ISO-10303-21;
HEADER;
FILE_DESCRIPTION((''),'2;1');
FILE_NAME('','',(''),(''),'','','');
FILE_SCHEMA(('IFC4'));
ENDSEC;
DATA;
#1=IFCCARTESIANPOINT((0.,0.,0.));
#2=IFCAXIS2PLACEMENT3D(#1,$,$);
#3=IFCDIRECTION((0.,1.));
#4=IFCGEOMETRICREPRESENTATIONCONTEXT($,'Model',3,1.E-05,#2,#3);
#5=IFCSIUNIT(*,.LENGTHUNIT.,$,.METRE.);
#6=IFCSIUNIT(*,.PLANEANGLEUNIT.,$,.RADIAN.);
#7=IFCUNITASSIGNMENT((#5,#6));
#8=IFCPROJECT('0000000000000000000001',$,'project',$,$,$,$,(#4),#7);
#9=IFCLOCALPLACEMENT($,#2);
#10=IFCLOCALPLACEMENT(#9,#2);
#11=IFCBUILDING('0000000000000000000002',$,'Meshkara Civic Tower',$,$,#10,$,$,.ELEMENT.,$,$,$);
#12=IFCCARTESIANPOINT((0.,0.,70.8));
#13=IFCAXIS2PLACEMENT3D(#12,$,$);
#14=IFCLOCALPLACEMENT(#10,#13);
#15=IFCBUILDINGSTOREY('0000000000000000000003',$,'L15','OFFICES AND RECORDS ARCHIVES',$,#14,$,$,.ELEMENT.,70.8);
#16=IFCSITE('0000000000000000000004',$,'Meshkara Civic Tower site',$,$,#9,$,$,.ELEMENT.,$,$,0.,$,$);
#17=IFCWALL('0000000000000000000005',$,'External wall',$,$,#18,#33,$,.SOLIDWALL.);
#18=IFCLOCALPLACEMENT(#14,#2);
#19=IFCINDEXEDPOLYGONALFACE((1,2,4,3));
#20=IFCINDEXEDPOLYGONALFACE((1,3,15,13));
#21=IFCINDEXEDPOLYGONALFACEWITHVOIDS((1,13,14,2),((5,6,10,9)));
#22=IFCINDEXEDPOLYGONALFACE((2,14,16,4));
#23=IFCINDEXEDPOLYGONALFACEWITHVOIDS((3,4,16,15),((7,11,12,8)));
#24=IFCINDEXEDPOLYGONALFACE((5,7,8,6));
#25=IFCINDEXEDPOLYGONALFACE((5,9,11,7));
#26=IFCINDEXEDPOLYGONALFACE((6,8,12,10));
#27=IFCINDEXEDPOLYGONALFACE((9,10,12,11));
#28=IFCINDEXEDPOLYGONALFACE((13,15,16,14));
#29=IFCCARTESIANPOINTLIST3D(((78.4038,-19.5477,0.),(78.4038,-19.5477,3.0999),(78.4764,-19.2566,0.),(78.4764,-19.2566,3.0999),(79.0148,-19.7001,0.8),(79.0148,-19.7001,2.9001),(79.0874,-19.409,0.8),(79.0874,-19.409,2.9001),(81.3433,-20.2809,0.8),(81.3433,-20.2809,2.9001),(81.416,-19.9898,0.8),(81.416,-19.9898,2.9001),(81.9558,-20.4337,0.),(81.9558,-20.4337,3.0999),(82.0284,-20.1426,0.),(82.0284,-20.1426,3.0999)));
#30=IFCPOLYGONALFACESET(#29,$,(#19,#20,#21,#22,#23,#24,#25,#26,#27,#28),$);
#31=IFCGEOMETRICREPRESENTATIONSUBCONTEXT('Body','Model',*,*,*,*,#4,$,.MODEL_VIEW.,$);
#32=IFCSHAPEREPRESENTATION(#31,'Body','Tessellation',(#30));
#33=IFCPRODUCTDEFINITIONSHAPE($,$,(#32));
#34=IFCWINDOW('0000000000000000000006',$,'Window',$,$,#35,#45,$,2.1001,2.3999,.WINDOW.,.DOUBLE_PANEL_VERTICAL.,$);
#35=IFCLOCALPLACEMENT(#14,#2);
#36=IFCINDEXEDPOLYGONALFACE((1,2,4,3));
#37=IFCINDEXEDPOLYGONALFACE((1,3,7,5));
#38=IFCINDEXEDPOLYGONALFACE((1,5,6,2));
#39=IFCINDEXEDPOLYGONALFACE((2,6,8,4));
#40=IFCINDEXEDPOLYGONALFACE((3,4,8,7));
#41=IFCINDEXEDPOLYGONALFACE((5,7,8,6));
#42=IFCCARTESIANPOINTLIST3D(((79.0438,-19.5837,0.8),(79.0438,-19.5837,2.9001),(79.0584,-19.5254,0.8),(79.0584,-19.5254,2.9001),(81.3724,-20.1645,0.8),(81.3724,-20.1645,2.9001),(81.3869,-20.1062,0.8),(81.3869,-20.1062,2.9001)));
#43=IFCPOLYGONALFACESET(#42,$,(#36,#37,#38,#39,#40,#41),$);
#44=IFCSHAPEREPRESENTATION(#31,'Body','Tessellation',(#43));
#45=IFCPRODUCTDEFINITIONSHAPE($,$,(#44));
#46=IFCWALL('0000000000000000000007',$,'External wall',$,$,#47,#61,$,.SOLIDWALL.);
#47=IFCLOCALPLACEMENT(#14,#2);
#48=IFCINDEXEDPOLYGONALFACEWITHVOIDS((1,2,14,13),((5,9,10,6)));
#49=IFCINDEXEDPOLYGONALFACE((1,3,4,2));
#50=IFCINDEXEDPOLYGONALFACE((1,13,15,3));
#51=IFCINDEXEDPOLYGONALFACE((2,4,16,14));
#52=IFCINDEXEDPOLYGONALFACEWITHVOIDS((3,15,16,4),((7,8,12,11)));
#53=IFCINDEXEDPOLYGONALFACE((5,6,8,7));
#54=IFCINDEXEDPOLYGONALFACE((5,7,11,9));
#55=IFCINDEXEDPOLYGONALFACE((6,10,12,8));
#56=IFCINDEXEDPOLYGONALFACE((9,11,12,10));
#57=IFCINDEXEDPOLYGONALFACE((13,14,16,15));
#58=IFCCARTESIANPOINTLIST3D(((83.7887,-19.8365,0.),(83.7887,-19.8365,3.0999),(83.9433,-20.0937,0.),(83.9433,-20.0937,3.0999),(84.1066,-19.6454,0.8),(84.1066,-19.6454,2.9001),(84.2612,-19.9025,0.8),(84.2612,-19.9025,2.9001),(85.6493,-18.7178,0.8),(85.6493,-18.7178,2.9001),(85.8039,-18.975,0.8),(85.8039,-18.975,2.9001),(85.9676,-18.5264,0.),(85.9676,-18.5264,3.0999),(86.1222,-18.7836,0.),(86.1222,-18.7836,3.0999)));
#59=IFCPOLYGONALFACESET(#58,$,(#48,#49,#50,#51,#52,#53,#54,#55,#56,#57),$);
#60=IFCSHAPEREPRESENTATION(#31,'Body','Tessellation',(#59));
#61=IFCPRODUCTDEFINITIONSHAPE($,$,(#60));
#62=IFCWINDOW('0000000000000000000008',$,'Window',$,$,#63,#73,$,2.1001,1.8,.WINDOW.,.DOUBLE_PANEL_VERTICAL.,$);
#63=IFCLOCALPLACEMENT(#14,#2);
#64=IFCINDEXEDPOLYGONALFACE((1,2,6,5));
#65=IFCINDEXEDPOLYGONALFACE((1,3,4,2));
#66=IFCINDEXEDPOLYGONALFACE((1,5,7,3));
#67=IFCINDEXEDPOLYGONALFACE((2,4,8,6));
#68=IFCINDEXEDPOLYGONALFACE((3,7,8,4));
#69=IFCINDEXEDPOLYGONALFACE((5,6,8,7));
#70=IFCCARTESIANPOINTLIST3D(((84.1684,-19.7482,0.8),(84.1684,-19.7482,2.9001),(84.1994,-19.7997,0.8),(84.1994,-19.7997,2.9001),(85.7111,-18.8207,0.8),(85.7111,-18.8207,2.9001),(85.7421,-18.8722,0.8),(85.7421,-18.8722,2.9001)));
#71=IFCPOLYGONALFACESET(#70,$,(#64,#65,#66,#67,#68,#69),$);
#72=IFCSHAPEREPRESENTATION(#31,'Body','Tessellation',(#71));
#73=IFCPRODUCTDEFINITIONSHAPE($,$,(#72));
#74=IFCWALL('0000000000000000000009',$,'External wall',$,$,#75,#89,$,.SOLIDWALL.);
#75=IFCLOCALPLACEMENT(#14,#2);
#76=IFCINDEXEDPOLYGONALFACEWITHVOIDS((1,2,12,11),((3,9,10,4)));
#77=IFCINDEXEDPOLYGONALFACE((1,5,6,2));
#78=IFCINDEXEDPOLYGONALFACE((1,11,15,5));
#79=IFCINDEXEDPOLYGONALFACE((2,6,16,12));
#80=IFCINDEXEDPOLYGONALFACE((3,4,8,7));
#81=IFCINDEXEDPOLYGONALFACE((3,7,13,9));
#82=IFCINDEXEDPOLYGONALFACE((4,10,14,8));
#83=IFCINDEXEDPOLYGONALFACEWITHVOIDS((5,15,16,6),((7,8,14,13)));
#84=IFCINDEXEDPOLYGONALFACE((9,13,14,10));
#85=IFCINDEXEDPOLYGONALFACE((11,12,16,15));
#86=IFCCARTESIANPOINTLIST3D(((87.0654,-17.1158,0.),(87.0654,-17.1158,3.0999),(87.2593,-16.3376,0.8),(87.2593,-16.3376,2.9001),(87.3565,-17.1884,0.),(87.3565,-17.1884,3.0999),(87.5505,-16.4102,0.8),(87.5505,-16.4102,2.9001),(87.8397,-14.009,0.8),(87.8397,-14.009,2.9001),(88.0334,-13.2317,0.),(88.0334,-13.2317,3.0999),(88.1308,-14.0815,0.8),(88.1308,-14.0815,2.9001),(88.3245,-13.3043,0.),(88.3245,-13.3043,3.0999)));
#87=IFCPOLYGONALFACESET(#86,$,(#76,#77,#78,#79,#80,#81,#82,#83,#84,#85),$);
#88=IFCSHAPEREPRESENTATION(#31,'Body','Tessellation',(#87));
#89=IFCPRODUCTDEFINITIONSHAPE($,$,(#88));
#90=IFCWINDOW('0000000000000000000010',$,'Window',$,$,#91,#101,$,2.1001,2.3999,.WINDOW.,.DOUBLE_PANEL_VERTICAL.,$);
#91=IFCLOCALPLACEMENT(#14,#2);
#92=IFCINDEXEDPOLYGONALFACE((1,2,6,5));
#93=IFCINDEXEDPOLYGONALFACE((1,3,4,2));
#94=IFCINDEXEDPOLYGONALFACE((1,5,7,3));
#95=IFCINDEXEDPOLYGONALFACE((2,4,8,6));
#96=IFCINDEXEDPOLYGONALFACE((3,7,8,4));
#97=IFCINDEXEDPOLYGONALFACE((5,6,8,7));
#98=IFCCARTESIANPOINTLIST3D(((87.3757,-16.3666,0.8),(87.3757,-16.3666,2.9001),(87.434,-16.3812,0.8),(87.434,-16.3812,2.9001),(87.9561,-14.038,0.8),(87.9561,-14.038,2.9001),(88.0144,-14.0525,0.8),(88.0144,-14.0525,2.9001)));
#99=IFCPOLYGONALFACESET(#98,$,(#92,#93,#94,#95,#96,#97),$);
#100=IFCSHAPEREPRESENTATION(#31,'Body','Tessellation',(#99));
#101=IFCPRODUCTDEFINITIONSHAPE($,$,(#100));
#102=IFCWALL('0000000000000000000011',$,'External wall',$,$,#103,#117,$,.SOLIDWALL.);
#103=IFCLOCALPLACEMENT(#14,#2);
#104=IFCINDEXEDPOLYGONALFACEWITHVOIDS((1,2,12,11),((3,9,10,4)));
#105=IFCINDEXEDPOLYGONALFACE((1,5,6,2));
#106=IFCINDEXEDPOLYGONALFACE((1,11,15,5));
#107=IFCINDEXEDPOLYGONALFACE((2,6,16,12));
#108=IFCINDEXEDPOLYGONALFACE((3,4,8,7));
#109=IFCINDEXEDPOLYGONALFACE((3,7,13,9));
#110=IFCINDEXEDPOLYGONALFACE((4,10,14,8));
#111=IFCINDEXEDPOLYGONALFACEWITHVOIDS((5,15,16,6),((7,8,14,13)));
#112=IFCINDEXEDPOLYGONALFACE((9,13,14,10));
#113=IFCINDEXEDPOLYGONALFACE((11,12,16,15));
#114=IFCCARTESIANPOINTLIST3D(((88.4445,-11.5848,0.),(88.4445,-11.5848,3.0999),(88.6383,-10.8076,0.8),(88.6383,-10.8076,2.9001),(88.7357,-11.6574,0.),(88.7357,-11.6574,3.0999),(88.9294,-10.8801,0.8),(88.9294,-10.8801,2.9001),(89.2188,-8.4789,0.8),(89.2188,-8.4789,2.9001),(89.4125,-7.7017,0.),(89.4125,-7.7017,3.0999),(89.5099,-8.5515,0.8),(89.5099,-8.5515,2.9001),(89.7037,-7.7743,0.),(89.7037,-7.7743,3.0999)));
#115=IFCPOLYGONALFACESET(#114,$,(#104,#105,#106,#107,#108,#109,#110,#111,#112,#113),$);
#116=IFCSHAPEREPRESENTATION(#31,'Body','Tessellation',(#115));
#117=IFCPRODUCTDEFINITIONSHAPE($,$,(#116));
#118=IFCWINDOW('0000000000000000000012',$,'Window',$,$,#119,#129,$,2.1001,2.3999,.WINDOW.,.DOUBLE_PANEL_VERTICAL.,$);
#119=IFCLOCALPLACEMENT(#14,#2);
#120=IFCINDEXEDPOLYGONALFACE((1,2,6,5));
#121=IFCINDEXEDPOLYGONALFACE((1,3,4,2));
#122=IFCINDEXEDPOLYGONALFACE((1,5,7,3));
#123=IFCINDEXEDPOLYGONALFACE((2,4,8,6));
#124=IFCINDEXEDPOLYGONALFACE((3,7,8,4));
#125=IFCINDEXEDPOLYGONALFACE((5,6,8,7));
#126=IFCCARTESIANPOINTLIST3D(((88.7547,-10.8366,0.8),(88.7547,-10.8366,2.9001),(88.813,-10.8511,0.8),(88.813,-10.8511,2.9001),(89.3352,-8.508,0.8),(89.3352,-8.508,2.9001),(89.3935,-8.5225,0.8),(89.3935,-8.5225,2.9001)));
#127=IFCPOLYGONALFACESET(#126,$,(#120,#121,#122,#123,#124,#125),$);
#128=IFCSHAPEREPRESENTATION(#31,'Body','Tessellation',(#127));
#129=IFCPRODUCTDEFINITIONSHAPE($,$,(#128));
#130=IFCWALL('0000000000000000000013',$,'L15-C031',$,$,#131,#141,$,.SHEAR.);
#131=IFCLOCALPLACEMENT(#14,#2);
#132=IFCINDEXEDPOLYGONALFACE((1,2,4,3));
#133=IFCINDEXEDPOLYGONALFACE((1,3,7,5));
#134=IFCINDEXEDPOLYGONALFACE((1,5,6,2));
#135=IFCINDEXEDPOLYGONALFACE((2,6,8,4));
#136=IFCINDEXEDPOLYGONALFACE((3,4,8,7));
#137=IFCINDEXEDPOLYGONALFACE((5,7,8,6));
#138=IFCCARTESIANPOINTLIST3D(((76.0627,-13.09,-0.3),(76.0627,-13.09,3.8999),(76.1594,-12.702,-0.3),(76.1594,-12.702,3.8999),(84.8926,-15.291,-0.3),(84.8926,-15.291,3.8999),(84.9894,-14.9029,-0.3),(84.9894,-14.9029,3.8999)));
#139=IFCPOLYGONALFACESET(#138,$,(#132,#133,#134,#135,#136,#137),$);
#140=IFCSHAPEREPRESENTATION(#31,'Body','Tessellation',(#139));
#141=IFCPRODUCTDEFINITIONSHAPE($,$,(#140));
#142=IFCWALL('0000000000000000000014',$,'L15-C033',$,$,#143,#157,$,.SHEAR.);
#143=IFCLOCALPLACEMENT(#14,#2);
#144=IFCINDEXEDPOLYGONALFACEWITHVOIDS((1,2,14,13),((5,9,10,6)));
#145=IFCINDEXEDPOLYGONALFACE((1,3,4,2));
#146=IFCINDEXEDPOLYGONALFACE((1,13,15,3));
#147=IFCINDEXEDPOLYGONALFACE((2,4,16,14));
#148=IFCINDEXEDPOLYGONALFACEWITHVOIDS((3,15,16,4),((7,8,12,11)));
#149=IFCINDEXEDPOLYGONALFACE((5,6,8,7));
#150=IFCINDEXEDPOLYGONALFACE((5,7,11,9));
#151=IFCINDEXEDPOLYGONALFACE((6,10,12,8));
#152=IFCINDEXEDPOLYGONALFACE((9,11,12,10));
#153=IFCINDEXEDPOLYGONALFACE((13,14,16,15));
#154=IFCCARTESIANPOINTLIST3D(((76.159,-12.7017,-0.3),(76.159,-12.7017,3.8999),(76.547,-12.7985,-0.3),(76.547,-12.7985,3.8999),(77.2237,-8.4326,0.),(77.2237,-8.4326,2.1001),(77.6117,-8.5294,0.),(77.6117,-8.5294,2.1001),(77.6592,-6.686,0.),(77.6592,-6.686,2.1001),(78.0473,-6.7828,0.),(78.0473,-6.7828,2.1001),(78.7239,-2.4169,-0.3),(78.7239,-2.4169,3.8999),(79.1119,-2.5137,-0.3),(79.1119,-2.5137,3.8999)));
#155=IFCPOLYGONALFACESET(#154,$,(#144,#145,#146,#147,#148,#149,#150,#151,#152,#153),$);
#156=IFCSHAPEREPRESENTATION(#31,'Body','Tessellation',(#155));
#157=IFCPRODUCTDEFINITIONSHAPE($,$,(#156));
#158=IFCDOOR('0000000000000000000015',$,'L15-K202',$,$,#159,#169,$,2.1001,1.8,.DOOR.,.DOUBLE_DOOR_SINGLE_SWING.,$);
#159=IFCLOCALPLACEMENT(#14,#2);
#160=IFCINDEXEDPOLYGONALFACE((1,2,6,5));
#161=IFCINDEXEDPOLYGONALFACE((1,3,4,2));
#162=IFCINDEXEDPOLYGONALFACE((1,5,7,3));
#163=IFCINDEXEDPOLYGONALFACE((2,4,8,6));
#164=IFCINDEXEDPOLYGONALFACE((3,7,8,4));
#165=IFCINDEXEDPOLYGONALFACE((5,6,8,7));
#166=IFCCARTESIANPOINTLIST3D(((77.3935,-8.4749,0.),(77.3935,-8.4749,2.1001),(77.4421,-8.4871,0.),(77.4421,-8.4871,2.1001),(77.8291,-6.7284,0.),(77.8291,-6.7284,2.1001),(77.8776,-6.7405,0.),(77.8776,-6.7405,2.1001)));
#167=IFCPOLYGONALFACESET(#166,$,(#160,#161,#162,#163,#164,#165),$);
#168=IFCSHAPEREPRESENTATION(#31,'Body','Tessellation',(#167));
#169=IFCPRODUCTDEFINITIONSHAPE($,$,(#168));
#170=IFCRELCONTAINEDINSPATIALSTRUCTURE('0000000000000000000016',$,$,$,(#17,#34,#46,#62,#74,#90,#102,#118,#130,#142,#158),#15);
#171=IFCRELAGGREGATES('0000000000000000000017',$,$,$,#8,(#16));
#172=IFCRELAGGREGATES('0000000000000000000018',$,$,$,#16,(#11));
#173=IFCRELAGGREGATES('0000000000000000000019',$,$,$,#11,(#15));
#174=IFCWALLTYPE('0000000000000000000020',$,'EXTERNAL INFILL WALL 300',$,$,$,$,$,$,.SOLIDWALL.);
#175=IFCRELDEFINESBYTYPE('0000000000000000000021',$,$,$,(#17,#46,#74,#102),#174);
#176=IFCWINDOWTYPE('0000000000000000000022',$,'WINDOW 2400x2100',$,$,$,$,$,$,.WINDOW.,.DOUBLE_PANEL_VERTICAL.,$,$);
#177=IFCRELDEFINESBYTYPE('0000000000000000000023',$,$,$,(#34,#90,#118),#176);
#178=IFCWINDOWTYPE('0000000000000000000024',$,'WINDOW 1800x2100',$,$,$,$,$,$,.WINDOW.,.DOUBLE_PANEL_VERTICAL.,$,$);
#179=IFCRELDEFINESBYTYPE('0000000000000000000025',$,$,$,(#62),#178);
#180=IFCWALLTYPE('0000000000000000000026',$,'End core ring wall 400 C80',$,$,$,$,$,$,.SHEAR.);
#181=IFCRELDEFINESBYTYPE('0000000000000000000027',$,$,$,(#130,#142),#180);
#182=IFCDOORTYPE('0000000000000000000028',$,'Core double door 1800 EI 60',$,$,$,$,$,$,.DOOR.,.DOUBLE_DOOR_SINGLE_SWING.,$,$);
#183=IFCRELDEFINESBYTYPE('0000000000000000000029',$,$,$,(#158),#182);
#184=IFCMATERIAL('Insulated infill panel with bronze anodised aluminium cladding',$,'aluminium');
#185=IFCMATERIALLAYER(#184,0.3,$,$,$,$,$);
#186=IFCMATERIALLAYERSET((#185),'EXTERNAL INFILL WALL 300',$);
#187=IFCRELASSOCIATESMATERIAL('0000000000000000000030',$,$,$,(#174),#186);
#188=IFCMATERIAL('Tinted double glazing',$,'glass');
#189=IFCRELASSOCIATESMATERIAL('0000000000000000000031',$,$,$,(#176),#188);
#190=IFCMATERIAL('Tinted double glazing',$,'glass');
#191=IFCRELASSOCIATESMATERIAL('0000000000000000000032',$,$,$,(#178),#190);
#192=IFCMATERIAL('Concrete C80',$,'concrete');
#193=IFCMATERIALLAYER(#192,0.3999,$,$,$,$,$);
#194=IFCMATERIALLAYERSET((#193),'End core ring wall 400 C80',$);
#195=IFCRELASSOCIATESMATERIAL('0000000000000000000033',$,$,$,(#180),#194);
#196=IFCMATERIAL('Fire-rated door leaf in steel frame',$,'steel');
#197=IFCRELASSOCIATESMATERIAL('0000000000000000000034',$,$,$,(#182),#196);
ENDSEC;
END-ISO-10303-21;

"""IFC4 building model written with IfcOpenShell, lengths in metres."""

from ifc_helpers import new_model, si_unit, direction, frame, frame_2d, origin, place, context, subcontext, project, spatial, rectangle, extrude, material, layer, layer_set, type_object, element, fill, save


model = new_model("IFC4")

# Units and contexts
model_context = context("Model", 3, precision=1e-05, world=origin(), true_north=direction((0.0, 1.0)))
body_context = subcontext(model_context, "Body", "Model", "MODEL_VIEW")
ifc_project = project(units=[si_unit("LENGTHUNIT", "METRE"), si_unit("PLANEANGLEUNIT", "RADIAN")], contexts=[model_context])

# Site, building, storey
site_placement = place(None, origin())
site = spatial("IfcSite", under=ifc_project, at=site_placement, Name="Meshkara Civic Tower site", CompositionType="ELEMENT", RefElevation=0.0)
building_placement = place(site_placement, origin())
building = spatial("IfcBuilding", under=site, at=building_placement, Name="Meshkara Civic Tower", CompositionType="ELEMENT")
storey_placement = place(building_placement, frame((0.0, 0.0, 70.8)))
storey = spatial("IfcBuildingStorey", under=building, at=storey_placement, Name="L15", Description="OFFICES AND RECORDS ARCHIVES", CompositionType="ELEMENT", Elevation=70.8)

# Walls, openings, windows
ifc_material_1 = material(Name="Insulated infill panel with bronze anodised aluminium cladding", Category="aluminium")
ifc_layer_1 = layer(ifc_material_1, 0.3)
ifc_layer_set_1 = layer_set([ifc_layer_1], Name="EXTERNAL INFILL WALL 300")
wall_type_1 = type_object("IfcWallType", Name="EXTERNAL INFILL WALL 300", PredefinedType="SOLIDWALL", material=ifc_layer_set_1)
wall_1_placement = place(storey_placement, frame((78.4399, -19.4021, 0.0), z_axis=(0.0, 0.0, 1.0), x_axis=(0.970272, -0.242018, 0.0)))
wall_1 = element("IfcWall", 1, at=wall_1_placement, inside=storey, type_object=wall_type_1, Name="External wall", PredefinedType="SOLIDWALL", context=body_context, shape_type="SweptSolid", body=[
    extrude(rectangle(XDim=3.6609, YDim=0.3, at=frame_2d((1.8306, 0.0))), origin(), (0.0, 0.0, 1.0), 3.0999),
])
opening_1_placement = place(wall_1_placement, frame((0.6299, 0.0, 0.8)))
opening_1 = element("IfcOpeningElement", 2, at=opening_1_placement, cuts=wall_1, PredefinedType="OPENING", context=body_context, shape_type="SweptSolid", body=[
    extrude(rectangle(XDim=2.3999, YDim=2.1001, at=frame_2d((1.2, 1.05))), frame((0.0, 0.1599, 0.0), z_axis=(0.0, -1.0, 0.0), x_axis=(1.0, 0.0, 0.0)), (0.0, 0.0, 1.0), 0.3201),
])
ifc_material_2 = material(Name="Tinted double glazing", Category="glass")
window_type_1 = type_object("IfcWindowType", Name="WINDOW 2400x2100", PartitioningType="DOUBLE_PANEL_VERTICAL", PredefinedType="WINDOW", material=ifc_material_2)
window_1_placement = place(opening_1_placement, origin())
window_1 = element("IfcWindow", 3, at=window_1_placement, inside=storey, type_object=window_type_1, Name="Window", OverallHeight=2.1001, OverallWidth=2.3999, PartitioningType="DOUBLE_PANEL_VERTICAL", PredefinedType="WINDOW", context=body_context, shape_type="SweptSolid", body=[
    extrude(rectangle(XDim=2.3999, YDim=2.1001, at=frame_2d((1.2, 1.05))), frame((0.0, 0.03, 0.0), z_axis=(0.0, -1.0, 0.0), x_axis=(1.0, 0.0, 0.0)), (0.0, 0.0, 1.0), 0.0601),
])
fill(opening_1, window_1)
wall_2_placement = place(storey_placement, frame((83.866, -19.9651, 0.0), z_axis=(0.0, 0.0, 1.0), x_axis=(0.857027, 0.515272, 0.0)))
wall_2 = element("IfcWall", 4, at=wall_2_placement, inside=storey, type_object=wall_type_1, Name="External wall", PredefinedType="SOLIDWALL", context=body_context, shape_type="SweptSolid", body=[
    extrude(rectangle(XDim=2.5425, YDim=0.3, at=frame_2d((1.2712, 0.0))), origin(), (0.0, 0.0, 1.0), 3.0999),
])
opening_2_placement = place(wall_2_placement, frame((0.3711, 0.0, 0.8)))
opening_2 = element("IfcOpeningElement", 5, at=opening_2_placement, cuts=wall_2, PredefinedType="OPENING", context=body_context, shape_type="SweptSolid", body=[
    extrude(rectangle(XDim=1.8, YDim=2.1001, at=frame_2d((0.8999, 1.05))), frame((0.0, 0.1599, 0.0), z_axis=(0.0, -1.0, 0.0), x_axis=(1.0, 0.0, 0.0)), (0.0, 0.0, 1.0), 0.3201),
])
ifc_material_3 = material(Name="Tinted double glazing", Category="glass")
window_type_2 = type_object("IfcWindowType", Name="WINDOW 1800x2100", PartitioningType="DOUBLE_PANEL_VERTICAL", PredefinedType="WINDOW", material=ifc_material_3)
window_2_placement = place(opening_2_placement, origin())
window_2 = element("IfcWindow", 6, at=window_2_placement, inside=storey, type_object=window_type_2, Name="Window", OverallHeight=2.1001, OverallWidth=1.8, PartitioningType="DOUBLE_PANEL_VERTICAL", PredefinedType="WINDOW", context=body_context, shape_type="SweptSolid", body=[
    extrude(rectangle(XDim=1.8, YDim=2.1001, at=frame_2d((0.8999, 1.05))), frame((0.0, 0.03, 0.0), z_axis=(0.0, -1.0, 0.0), x_axis=(1.0, 0.0, 0.0)), (0.0, 0.0, 1.0), 0.0601),
])
fill(opening_2, window_2)
wall_3_placement = place(storey_placement, frame((87.2109, -17.1521, 0.0), z_axis=(0.0, 0.0, 1.0), x_axis=(0.241832, 0.970318, 0.0)))
wall_3 = element("IfcWall", 7, at=wall_3_placement, inside=storey, type_object=wall_type_1, Name="External wall", PredefinedType="SOLIDWALL", context=body_context, shape_type="SweptSolid", body=[
    extrude(rectangle(XDim=4.0029, YDim=0.3, at=frame_2d((2.0015, 0.0))), origin(), (0.0, 0.0, 1.0), 3.0999),
])
opening_3_placement = place(wall_3_placement, frame((0.802, 0.0, 0.8)))
opening_3 = element("IfcOpeningElement", 8, at=opening_3_placement, cuts=wall_3, PredefinedType="OPENING", context=body_context, shape_type="SweptSolid", body=[
    extrude(rectangle(XDim=2.3999, YDim=2.1001, at=frame_2d((1.2, 1.05))), frame((0.0, 0.1599, 0.0), z_axis=(0.0, -1.0, 0.0), x_axis=(1.0, 0.0, 0.0)), (0.0, 0.0, 1.0), 0.3201),
])
window_3_placement = place(opening_3_placement, origin())
window_3 = element("IfcWindow", 9, at=window_3_placement, inside=storey, type_object=window_type_1, Name="Window", OverallHeight=2.1001, OverallWidth=2.3999, PartitioningType="DOUBLE_PANEL_VERTICAL", PredefinedType="WINDOW", context=body_context, shape_type="SweptSolid", body=[
    extrude(rectangle(XDim=2.3999, YDim=2.1001, at=frame_2d((1.2, 1.05))), frame((0.0, 0.03, 0.0), z_axis=(0.0, -1.0, 0.0), x_axis=(1.0, 0.0, 0.0)), (0.0, 0.0, 1.0), 0.0601),
])
fill(opening_3, window_3)
wall_4_placement = place(storey_placement, frame((88.5901, -11.6211, 0.0), z_axis=(0.0, 0.0, 1.0), x_axis=(0.24189, 0.970304, 0.0)))
wall_4 = element("IfcWall", 10, at=wall_4_placement, inside=storey, type_object=wall_type_1, Name="External wall", PredefinedType="SOLIDWALL", context=body_context, shape_type="SweptSolid", body=[
    extrude(rectangle(XDim=4.002, YDim=0.3, at=frame_2d((2.001, 0.0))), origin(), (0.0, 0.0, 1.0), 3.0999),
])
opening_4_placement = place(wall_4_placement, frame((0.801, 0.0, 0.8)))
opening_4 = element("IfcOpeningElement", 11, at=opening_4_placement, cuts=wall_4, PredefinedType="OPENING", context=body_context, shape_type="SweptSolid", body=[
    extrude(rectangle(XDim=2.3999, YDim=2.1001, at=frame_2d((1.2, 1.05))), frame((0.0, 0.1599, 0.0), z_axis=(0.0, -1.0, 0.0), x_axis=(1.0, 0.0, 0.0)), (0.0, 0.0, 1.0), 0.3201),
])
window_4_placement = place(opening_4_placement, origin())
window_4 = element("IfcWindow", 12, at=window_4_placement, inside=storey, type_object=window_type_1, Name="Window", OverallHeight=2.1001, OverallWidth=2.3999, PartitioningType="DOUBLE_PANEL_VERTICAL", PredefinedType="WINDOW", context=body_context, shape_type="SweptSolid", body=[
    extrude(rectangle(XDim=2.3999, YDim=2.1001, at=frame_2d((1.2, 1.05))), frame((0.0, 0.03, 0.0), z_axis=(0.0, -1.0, 0.0), x_axis=(1.0, 0.0, 0.0)), (0.0, 0.0, 1.0), 0.0601),
])
fill(opening_4, window_4)

# Wall
ifc_material_4 = material(Name="Concrete C80", Category="concrete")
ifc_layer_2 = layer(ifc_material_4, 0.3999)
ifc_layer_set_2 = layer_set([ifc_layer_2], Name="End core ring wall 400 C80")
wall_type_2 = type_object("IfcWallType", Name="End core ring wall 400 C80", PredefinedType="SHEAR", material=ifc_layer_set_2)
wall_5_placement = place(storey_placement, frame((76.1111, -12.896, -0.3), z_axis=(0.0, 0.0, 1.0), x_axis=(0.970311, -0.24186, 0.0)))
element("IfcWall", 13, at=wall_5_placement, inside=storey, type_object=wall_type_2, Name="L15-C031", PredefinedType="SHEAR", context=body_context, shape_type="SweptSolid", body=[
    extrude(rectangle(XDim=9.1001, YDim=0.3999, at=frame_2d((4.55, 0.0))), origin(), (0.0, 0.0, 1.0), 4.2),
])

# Wall, opening, door
wall_6_placement = place(storey_placement, frame((76.353, -12.75, -0.3), z_axis=(0.0, 0.0, 1.0), x_axis=(0.241977, 0.970282, 0.0)))
wall_6 = element("IfcWall", 14, at=wall_6_placement, inside=storey, type_object=wall_type_2, Name="L15-C033", PredefinedType="SHEAR", context=body_context, shape_type="SweptSolid", body=[
    extrude(rectangle(XDim=10.5999, YDim=0.3999, at=frame_2d((5.2998, 0.0))), origin(), (0.0, 0.0, 1.0), 4.2),
])
opening_5_placement = place(wall_6_placement, frame((4.3999, 0.0, 0.3)))
opening_5 = element("IfcOpeningElement", 15, at=opening_5_placement, cuts=wall_6, PredefinedType="OPENING", context=body_context, shape_type="SweptSolid", body=[
    extrude(rectangle(XDim=1.8, YDim=2.1001, at=frame_2d((0.8999, 1.05))), frame((0.0, 0.21, 0.0), z_axis=(0.0, -1.0, 0.0), x_axis=(1.0, 0.0, 0.0)), (0.0, 0.0, 1.0), 0.4199),
])
ifc_material_5 = material(Name="Fire-rated door leaf in steel frame", Category="steel")
door_type_1 = type_object("IfcDoorType", Name="Core double door 1800 EI 60", OperationType="DOUBLE_DOOR_SINGLE_SWING", PredefinedType="DOOR", material=ifc_material_5)
door_1_placement = place(opening_5_placement, origin())
door_1 = element("IfcDoor", 16, at=door_1_placement, inside=storey, type_object=door_type_1, Name="L15-K202", OperationType="DOUBLE_DOOR_SINGLE_SWING", OverallHeight=2.1001, OverallWidth=1.8, PredefinedType="DOOR", context=body_context, shape_type="SweptSolid", body=[
    extrude(rectangle(XDim=1.8, YDim=2.1001, at=frame_2d((0.8999, 1.05))), frame((0.0, 0.0249, 0.0), z_axis=(0.0, -1.0, 0.0), x_axis=(1.0, 0.0, 0.0)), (0.0, 0.0, 1.0), 0.05),
])
fill(opening_5, door_1)

save(model, "model.ifc")
